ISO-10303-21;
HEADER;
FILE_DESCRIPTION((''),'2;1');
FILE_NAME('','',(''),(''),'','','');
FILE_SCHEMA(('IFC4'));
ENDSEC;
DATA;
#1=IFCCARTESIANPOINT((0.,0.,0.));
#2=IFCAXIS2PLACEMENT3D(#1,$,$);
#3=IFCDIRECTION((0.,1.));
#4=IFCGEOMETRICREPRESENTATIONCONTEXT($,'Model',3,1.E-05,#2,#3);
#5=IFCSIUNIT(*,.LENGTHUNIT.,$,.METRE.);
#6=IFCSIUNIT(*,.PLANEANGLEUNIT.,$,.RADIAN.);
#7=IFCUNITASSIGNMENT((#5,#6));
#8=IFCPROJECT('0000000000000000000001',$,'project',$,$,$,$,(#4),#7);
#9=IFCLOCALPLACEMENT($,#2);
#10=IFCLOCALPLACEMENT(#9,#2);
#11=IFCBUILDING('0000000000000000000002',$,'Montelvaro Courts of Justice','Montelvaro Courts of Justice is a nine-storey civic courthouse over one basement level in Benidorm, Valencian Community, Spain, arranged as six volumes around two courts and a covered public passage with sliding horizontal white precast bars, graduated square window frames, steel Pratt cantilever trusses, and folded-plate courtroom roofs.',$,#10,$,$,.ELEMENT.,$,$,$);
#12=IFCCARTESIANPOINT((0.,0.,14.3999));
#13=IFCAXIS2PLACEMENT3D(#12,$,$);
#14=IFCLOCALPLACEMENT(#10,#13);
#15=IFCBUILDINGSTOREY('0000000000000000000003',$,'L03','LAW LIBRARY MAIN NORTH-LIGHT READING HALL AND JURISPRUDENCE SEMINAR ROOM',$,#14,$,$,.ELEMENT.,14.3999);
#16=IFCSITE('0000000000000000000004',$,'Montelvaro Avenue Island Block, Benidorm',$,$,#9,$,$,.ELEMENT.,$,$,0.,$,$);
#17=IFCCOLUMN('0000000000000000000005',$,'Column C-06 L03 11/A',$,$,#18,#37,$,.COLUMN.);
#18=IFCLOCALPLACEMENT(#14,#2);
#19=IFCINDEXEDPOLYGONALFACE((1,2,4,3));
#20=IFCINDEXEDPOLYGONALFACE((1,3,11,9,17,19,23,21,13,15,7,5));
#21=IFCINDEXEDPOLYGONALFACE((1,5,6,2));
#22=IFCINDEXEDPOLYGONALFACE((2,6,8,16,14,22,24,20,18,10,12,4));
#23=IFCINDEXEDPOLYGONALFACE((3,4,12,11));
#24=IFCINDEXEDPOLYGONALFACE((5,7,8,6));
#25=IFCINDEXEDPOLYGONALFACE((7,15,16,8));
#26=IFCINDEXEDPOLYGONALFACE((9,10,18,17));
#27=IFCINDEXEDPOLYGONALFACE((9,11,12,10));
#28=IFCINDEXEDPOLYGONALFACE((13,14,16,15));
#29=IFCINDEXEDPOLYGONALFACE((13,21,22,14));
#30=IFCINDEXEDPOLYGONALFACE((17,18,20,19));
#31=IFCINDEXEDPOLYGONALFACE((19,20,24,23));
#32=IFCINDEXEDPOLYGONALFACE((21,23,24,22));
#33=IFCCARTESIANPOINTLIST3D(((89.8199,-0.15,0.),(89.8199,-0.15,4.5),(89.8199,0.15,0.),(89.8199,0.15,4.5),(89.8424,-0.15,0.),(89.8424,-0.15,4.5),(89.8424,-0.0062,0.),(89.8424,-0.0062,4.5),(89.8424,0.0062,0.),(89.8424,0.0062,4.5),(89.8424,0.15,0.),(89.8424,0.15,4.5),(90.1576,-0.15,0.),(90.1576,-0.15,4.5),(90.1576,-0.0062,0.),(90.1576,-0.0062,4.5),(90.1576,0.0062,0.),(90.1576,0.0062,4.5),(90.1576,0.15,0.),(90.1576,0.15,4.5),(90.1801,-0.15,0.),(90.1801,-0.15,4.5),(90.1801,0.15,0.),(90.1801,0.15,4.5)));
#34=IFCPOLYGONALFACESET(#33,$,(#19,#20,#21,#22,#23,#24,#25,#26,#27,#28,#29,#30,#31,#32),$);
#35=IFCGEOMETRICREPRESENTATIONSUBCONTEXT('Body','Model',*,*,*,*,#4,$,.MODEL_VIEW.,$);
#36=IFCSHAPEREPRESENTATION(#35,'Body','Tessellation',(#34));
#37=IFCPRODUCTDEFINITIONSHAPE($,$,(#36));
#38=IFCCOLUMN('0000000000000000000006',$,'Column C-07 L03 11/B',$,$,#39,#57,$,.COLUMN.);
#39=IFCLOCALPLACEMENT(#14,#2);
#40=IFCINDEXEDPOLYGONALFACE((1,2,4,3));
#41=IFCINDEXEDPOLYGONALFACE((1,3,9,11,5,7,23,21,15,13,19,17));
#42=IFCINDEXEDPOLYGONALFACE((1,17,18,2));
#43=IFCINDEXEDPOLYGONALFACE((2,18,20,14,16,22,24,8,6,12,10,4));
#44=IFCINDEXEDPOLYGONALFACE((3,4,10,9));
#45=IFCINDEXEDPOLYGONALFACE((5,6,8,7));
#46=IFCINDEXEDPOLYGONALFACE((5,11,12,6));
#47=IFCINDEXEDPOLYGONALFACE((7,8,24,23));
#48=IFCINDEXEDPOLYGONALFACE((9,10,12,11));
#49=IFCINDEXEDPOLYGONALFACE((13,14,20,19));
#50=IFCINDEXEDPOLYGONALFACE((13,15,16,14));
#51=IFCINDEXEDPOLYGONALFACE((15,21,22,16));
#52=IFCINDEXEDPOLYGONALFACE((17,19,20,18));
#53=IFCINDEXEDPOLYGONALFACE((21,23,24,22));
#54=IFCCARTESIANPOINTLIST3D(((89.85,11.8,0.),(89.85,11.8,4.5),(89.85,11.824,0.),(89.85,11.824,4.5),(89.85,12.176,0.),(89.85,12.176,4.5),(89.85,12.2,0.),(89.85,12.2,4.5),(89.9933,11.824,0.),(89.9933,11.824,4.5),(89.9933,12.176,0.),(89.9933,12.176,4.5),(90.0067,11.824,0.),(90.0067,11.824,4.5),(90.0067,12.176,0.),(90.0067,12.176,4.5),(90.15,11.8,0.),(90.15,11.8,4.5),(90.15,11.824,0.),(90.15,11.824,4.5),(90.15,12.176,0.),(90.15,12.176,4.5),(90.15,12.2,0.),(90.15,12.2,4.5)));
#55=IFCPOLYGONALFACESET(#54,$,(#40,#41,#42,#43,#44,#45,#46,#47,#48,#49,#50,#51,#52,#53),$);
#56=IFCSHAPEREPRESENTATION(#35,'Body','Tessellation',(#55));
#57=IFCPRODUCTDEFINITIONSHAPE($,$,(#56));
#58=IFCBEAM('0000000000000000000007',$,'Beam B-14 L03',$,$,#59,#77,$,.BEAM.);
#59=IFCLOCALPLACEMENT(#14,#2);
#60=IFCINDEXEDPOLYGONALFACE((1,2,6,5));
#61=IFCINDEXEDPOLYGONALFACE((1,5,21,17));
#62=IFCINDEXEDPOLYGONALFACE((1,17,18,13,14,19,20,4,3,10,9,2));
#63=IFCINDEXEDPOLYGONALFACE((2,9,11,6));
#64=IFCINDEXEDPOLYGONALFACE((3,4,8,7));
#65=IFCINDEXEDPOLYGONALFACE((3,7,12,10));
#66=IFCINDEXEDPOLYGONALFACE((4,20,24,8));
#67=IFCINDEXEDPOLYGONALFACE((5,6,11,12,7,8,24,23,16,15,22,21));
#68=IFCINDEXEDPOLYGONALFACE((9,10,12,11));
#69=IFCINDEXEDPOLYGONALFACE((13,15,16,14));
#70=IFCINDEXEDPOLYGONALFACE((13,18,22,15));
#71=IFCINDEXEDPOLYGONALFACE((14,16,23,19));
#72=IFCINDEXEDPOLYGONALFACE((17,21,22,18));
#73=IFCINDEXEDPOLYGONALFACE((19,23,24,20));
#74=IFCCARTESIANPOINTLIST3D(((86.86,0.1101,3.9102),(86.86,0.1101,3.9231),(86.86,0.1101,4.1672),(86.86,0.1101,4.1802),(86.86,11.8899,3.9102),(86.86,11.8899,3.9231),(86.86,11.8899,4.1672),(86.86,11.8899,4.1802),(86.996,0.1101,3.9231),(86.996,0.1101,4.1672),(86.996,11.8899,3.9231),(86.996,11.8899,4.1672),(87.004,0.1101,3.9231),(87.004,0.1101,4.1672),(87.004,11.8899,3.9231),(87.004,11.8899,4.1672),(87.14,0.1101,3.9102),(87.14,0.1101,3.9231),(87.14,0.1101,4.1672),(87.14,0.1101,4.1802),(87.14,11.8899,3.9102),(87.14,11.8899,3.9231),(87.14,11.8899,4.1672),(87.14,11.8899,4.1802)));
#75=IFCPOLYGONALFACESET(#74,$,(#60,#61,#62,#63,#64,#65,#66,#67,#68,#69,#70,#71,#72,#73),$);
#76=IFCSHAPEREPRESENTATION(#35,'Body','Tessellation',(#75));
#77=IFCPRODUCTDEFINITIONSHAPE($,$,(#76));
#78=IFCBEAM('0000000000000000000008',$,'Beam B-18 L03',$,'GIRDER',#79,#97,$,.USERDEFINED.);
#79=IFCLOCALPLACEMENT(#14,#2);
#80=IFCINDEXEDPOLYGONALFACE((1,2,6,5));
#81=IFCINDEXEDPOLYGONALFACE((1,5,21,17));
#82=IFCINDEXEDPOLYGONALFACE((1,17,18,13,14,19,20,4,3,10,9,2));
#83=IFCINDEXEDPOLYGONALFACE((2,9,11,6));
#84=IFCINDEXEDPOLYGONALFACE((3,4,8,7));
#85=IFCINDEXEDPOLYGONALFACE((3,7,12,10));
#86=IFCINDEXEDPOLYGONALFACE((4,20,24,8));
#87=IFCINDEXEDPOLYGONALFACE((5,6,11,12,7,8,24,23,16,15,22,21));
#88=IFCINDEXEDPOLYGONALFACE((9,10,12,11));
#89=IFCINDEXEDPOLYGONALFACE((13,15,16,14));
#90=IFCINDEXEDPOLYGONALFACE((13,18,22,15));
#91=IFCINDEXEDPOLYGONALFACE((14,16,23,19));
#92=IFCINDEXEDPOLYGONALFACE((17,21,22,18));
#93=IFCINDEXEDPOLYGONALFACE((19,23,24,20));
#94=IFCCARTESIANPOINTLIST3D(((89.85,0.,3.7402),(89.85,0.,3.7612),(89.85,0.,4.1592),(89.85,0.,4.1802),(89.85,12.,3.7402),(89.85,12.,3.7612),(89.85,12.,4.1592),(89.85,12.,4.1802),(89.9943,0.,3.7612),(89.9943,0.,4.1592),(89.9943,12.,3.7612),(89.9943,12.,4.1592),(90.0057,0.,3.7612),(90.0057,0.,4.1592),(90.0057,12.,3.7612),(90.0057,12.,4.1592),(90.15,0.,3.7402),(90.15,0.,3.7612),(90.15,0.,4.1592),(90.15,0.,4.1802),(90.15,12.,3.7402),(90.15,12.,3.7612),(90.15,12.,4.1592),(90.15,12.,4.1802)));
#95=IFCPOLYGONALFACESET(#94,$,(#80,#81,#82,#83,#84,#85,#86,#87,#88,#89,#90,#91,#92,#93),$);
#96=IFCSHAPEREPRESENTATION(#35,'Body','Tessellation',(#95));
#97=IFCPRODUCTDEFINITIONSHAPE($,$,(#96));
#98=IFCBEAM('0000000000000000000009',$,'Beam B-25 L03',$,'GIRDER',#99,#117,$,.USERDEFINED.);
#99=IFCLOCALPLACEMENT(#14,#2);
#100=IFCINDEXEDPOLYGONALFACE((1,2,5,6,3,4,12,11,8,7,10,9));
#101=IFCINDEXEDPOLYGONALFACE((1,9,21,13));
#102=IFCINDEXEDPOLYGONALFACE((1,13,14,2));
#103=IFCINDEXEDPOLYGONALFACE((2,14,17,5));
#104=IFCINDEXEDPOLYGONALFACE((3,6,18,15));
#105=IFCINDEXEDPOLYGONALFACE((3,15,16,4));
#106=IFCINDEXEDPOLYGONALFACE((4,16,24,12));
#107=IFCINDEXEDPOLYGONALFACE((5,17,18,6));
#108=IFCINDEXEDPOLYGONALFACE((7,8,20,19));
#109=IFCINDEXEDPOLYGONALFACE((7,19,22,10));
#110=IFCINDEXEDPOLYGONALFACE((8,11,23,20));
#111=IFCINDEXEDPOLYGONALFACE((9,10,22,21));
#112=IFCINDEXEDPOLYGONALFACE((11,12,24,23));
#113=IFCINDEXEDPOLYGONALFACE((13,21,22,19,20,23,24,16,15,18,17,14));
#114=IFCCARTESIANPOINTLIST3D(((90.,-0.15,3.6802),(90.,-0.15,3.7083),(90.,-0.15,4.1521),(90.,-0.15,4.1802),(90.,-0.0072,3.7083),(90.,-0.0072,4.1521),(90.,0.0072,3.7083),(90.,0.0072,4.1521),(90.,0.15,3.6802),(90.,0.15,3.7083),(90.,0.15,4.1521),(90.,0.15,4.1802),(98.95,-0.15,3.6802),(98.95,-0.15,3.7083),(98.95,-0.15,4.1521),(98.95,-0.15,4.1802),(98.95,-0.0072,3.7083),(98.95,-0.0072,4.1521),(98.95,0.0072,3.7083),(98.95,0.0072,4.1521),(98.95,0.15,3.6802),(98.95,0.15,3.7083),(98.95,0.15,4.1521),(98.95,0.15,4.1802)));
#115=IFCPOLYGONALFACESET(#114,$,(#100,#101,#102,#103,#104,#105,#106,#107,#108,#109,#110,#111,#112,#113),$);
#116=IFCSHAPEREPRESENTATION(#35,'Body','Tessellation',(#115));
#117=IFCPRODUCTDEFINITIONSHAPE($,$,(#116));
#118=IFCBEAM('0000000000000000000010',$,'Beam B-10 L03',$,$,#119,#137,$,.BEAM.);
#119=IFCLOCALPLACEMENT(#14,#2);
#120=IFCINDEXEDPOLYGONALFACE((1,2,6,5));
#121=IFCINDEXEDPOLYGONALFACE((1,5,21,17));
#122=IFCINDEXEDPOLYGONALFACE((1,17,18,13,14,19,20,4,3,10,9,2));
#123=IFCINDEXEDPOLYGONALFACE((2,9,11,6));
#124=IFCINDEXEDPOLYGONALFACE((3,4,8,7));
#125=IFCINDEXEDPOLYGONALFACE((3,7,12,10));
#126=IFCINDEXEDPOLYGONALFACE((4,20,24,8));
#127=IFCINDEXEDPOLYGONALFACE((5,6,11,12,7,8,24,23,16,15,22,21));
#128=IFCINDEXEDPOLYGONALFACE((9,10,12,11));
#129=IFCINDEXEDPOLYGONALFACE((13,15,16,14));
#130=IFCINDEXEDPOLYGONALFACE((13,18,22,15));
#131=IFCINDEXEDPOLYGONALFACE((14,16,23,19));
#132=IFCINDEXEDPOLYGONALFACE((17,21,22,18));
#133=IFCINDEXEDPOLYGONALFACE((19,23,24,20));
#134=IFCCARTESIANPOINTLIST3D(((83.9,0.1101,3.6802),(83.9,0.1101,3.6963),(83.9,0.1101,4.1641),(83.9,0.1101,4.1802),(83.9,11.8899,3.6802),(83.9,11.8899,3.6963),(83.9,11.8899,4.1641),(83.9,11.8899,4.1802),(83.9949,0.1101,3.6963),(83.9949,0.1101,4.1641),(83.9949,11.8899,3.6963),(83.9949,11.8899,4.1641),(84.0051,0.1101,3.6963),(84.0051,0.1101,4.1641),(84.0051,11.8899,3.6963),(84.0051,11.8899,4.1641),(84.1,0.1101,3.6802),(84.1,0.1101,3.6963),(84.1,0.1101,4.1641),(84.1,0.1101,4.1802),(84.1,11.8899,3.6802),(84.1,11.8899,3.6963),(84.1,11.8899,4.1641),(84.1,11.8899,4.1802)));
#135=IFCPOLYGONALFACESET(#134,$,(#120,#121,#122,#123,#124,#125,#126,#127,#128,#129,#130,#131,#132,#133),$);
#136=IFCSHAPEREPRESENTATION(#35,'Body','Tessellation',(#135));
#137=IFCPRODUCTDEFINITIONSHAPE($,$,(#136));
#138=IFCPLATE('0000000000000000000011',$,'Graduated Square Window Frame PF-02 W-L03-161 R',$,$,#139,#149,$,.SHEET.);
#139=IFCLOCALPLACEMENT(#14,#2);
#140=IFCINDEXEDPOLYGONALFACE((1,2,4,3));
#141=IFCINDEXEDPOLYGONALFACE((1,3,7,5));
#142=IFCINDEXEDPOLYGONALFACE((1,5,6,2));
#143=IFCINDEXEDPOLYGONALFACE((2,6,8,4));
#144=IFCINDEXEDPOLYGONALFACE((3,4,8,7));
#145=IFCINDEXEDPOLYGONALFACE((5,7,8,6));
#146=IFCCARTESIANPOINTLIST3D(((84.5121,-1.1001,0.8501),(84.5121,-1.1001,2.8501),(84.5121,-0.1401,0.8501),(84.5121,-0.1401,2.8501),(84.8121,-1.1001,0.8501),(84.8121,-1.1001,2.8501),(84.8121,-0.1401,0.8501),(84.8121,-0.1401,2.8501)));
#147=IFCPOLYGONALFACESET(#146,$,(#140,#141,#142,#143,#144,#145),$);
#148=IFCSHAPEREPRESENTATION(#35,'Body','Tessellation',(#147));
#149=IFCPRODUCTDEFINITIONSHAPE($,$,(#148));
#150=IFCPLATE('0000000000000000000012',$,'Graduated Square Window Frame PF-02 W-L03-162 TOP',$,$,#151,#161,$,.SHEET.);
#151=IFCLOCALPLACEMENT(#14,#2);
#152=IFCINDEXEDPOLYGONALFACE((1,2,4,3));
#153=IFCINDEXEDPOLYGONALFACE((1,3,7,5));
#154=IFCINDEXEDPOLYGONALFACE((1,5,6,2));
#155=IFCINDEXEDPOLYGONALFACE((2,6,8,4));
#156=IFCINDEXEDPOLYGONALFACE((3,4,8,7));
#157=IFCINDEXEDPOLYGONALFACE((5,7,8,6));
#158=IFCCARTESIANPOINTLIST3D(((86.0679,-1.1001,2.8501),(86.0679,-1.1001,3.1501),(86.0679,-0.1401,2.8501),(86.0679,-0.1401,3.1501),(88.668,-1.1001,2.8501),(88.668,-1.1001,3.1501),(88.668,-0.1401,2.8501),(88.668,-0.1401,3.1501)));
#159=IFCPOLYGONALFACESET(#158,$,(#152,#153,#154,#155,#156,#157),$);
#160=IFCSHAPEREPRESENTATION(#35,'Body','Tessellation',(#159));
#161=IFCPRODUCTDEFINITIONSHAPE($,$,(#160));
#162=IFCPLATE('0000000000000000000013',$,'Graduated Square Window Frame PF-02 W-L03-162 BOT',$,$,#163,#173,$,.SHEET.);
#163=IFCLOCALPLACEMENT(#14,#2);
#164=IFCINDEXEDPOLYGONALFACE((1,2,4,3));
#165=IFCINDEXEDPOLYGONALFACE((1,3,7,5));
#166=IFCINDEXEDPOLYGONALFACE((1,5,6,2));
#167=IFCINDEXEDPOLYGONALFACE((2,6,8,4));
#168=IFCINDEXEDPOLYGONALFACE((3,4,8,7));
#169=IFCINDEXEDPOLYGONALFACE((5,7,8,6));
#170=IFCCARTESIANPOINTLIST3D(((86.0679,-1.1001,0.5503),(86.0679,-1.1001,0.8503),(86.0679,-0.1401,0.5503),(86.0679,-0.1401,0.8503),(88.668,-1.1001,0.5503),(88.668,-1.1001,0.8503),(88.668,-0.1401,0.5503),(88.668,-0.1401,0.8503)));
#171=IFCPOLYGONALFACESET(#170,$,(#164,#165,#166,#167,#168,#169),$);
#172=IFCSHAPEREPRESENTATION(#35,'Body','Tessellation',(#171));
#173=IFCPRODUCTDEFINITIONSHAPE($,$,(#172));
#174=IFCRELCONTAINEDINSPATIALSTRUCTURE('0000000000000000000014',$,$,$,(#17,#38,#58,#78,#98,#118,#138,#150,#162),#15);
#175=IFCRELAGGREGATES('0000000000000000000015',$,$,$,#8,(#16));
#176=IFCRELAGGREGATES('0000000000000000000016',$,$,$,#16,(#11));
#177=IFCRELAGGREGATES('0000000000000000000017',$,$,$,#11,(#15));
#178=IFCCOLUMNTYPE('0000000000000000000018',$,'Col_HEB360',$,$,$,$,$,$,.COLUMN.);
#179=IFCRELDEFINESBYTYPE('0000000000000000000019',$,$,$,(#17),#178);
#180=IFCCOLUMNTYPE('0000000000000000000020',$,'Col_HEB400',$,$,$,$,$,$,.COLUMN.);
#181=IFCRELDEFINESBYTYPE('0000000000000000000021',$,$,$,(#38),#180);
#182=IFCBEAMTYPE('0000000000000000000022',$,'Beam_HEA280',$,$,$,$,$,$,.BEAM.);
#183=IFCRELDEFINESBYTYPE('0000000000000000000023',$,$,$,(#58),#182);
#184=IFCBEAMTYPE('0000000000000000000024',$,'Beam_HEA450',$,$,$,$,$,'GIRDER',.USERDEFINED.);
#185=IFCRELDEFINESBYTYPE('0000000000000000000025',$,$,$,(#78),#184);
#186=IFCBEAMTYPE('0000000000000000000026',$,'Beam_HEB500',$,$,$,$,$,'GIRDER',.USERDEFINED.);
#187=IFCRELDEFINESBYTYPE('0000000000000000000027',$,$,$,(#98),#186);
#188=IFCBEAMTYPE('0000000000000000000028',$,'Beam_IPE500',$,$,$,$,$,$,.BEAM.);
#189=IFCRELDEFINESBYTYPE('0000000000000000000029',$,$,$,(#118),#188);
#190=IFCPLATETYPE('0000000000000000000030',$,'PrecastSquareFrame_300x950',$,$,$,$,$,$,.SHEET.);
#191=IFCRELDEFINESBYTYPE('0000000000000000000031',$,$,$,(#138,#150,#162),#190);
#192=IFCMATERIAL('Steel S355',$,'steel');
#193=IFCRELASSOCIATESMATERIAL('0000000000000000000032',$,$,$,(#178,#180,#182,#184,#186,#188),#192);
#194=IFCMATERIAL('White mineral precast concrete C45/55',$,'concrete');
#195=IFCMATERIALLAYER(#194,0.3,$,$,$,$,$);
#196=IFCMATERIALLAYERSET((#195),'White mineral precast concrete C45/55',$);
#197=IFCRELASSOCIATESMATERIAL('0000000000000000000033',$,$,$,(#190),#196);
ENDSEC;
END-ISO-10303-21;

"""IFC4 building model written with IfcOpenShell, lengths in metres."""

from ifc_helpers import new_model, si_unit, direction, frame, origin, origin_2d, place, context, subcontext, project, spatial, rectangle, i_section, extrude, material, layer, layer_set, material_profile, profile_set, type_object, element, save


model = new_model("IFC4")

# Units and contexts
model_context = context("Model", 3, precision=1e-05, world=origin(), true_north=direction((0.0, 1.0)))
body_context = subcontext(model_context, "Body", "Model", "MODEL_VIEW")
ifc_project = project(units=[si_unit("LENGTHUNIT", "METRE"), si_unit("PLANEANGLEUNIT", "RADIAN")], contexts=[model_context])

# Site, building, storey
site_placement = place(None, origin())
site = spatial("IfcSite", under=ifc_project, at=site_placement, Name="Montelvaro Avenue Island Block, Benidorm", CompositionType="ELEMENT", RefElevation=0.0)
building_placement = place(site_placement, origin())
building = spatial("IfcBuilding", under=site, at=building_placement, Name="Montelvaro Courts of Justice", Description="Montelvaro Courts of Justice is a nine-storey civic courthouse over one basement level in Benidorm, Valencian Community, Spain, arranged as six volumes around two courts and a covered public passage with sliding horizontal white precast bars, graduated square window frames, steel Pratt cantilever trusses, and folded-plate courtroom roofs.", CompositionType="ELEMENT")
storey_placement = place(building_placement, frame((0.0, 0.0, 14.3999)))
storey = spatial("IfcBuildingStorey", under=building, at=storey_placement, Name="L03", Description="LAW LIBRARY MAIN NORTH-LIGHT READING HALL AND JURISPRUDENCE SEMINAR ROOM", CompositionType="ELEMENT", Elevation=14.3999)

# Columns
ifc_material_1 = material(Name="Steel S355", Category="steel")
ifc_material_profile_1 = material_profile(ifc_material_1, i_section(OverallWidth=0.3, OverallDepth=0.3601, WebThickness=0.0125, FlangeThickness=0.0225, at=origin_2d()), Name="HEB 360")
ifc_profile_set_1 = profile_set([ifc_material_profile_1], Name="Steel S355")
column_type_1 = type_object("IfcColumnType", Name="Col_HEB360", PredefinedType="COLUMN", material=ifc_profile_set_1)
column_1_placement = place(storey_placement, frame((90.0, 0.0, 0.0), z_axis=(0.0, 0.0, 1.0), x_axis=(0.0, 1.0, 0.0)))
element("IfcColumn", 1, at=column_1_placement, inside=storey, type_object=column_type_1, Name="Column C-06 L03 11/A", PredefinedType="COLUMN", context=body_context, shape_type="SweptSolid", body=[
    extrude(i_section(OverallWidth=0.3, OverallDepth=0.3601, WebThickness=0.0125, FlangeThickness=0.0225, at=origin_2d()), origin(), (0.0, 0.0, 1.0), 4.5),
])
ifc_material_profile_2 = material_profile(ifc_material_1, i_section(OverallWidth=0.3, OverallDepth=0.3999, WebThickness=0.0134, FlangeThickness=0.0239, at=origin_2d()), Name="HEB 400")
ifc_profile_set_2 = profile_set([ifc_material_profile_2], Name="Steel S355")
column_type_2 = type_object("IfcColumnType", Name="Col_HEB400", PredefinedType="COLUMN", material=ifc_profile_set_2)
column_2_placement = place(storey_placement, frame((90.0, 12.0, 0.0), z_axis=(0.0, 0.0, 1.0), x_axis=(1.0, 0.0, 0.0)))
element("IfcColumn", 2, at=column_2_placement, inside=storey, type_object=column_type_2, Name="Column C-07 L03 11/B", PredefinedType="COLUMN", context=body_context, shape_type="SweptSolid", body=[
    extrude(i_section(OverallWidth=0.3, OverallDepth=0.3999, WebThickness=0.0134, FlangeThickness=0.0239, at=origin_2d()), origin(), (0.0, 0.0, 1.0), 4.5),
])

# Beams
ifc_material_profile_3 = material_profile(ifc_material_1, i_section(OverallWidth=0.28, OverallDepth=0.27, WebThickness=0.0081, FlangeThickness=0.0129, at=origin_2d()), Name="HEA 280")
ifc_profile_set_3 = profile_set([ifc_material_profile_3], Name="Steel S355")
beam_type_1 = type_object("IfcBeamType", Name="Beam_HEA280", PredefinedType="BEAM", material=ifc_profile_set_3)
beam_1_placement = place(storey_placement, frame((87.0, 0.1101, 4.0452), z_axis=(0.0, 1.0, 0.0), x_axis=(-1.0, 0.0, 0.0)))
element("IfcBeam", 3, at=beam_1_placement, inside=storey, type_object=beam_type_1, Name="Beam B-14 L03", PredefinedType="BEAM", context=body_context, shape_type="SweptSolid", body=[
    extrude(i_section(OverallWidth=0.28, OverallDepth=0.27, WebThickness=0.0081, FlangeThickness=0.0129, at=origin_2d()), origin(), (0.0, 0.0, 1.0), 11.7798),
])
ifc_material_profile_4 = material_profile(ifc_material_1, i_section(OverallWidth=0.3, OverallDepth=0.4399, WebThickness=0.0115, FlangeThickness=0.021, at=origin_2d()), Name="HEA 450")
ifc_profile_set_4 = profile_set([ifc_material_profile_4], Name="Steel S355")
beam_type_2 = type_object("IfcBeamType", Name="Beam_HEA450", ElementType="GIRDER", PredefinedType="USERDEFINED", material=ifc_profile_set_4)
beam_2_placement = place(storey_placement, frame((90.0, 0.0, 3.9602), z_axis=(0.0, 1.0, 0.0), x_axis=(-1.0, 0.0, 0.0)))
element("IfcBeam", 4, at=beam_2_placement, inside=storey, type_object=beam_type_2, Name="Beam B-18 L03", ObjectType="GIRDER", PredefinedType="USERDEFINED", context=body_context, shape_type="SweptSolid", body=[
    extrude(i_section(OverallWidth=0.3, OverallDepth=0.4399, WebThickness=0.0115, FlangeThickness=0.021, at=origin_2d()), origin(), (0.0, 0.0, 1.0), 12.0),
])
ifc_material_profile_5 = material_profile(ifc_material_1, i_section(OverallWidth=0.3, OverallDepth=0.5, WebThickness=0.0144, FlangeThickness=0.0281, at=origin_2d()), Name="HEB 500")
ifc_profile_set_5 = profile_set([ifc_material_profile_5], Name="Steel S355")
beam_type_3 = type_object("IfcBeamType", Name="Beam_HEB500", ElementType="GIRDER", PredefinedType="USERDEFINED", material=ifc_profile_set_5)
beam_3_placement = place(storey_placement, frame((90.0, 0.0, 3.9302), z_axis=(1.0, 0.0, 0.0), x_axis=(0.0, 1.0, 0.0)))
element("IfcBeam", 5, at=beam_3_placement, inside=storey, type_object=beam_type_3, Name="Beam B-25 L03", ObjectType="GIRDER", PredefinedType="USERDEFINED", context=body_context, shape_type="SweptSolid", body=[
    extrude(i_section(OverallWidth=0.3, OverallDepth=0.5, WebThickness=0.0144, FlangeThickness=0.0281, at=origin_2d()), origin(), (0.0, 0.0, 1.0), 8.95),
])
ifc_material_profile_6 = material_profile(ifc_material_1, i_section(OverallWidth=0.2, OverallDepth=0.5, WebThickness=0.0103, FlangeThickness=0.0161, at=origin_2d()), Name="IPE 500")
ifc_profile_set_6 = profile_set([ifc_material_profile_6], Name="Steel S355")
beam_type_4 = type_object("IfcBeamType", Name="Beam_IPE500", PredefinedType="BEAM", material=ifc_profile_set_6)
beam_4_placement = place(storey_placement, frame((84.0, 0.1101, 3.9302), z_axis=(0.0, 1.0, 0.0), x_axis=(-1.0, 0.0, 0.0)))
element("IfcBeam", 6, at=beam_4_placement, inside=storey, type_object=beam_type_4, Name="Beam B-10 L03", PredefinedType="BEAM", context=body_context, shape_type="SweptSolid", body=[
    extrude(i_section(OverallWidth=0.2, OverallDepth=0.5, WebThickness=0.0103, FlangeThickness=0.0161, at=origin_2d()), origin(), (0.0, 0.0, 1.0), 11.7798),
])

# Plates
ifc_material_2 = material(Name="White mineral precast concrete C45/55", Category="concrete")
ifc_layer_1 = layer(ifc_material_2, 0.3)
ifc_layer_set_1 = layer_set([ifc_layer_1], Name="White mineral precast concrete C45/55")
plate_type = type_object("IfcPlateType", Name="PrecastSquareFrame_300x950", PredefinedType="SHEET", material=ifc_layer_set_1)
plate_placement = place(storey_placement, frame((84.6621, -0.6201, 0.8501), z_axis=(0.0, 0.0, 1.0), x_axis=(1.0, 0.0, 0.0)))
element("IfcPlate", 7, at=plate_placement, inside=storey, type_object=plate_type, Name="Graduated Square Window Frame PF-02 W-L03-161 R", PredefinedType="SHEET", context=body_context, shape_type="SweptSolid", body=[
    extrude(rectangle(XDim=0.3, YDim=0.96, at=origin_2d()), origin(), (0.0, 0.0, 1.0), 2.0),
])
for number, where, z_axis, x_axis, name in (
    (8, (87.3679, -0.6201, 2.8501), (0.0, 0.0, 1.0), (1.0, 0.0, 0.0), "Graduated Square Window Frame PF-02 W-L03-162 TOP"),
    (9, (87.3679, -0.6201, 0.5503), (0.0, 0.0, 1.0), (1.0, 0.0, 0.0), "Graduated Square Window Frame PF-02 W-L03-162 BOT"),
):
    element("IfcPlate", number, at=place(storey_placement, frame(where, z_axis=z_axis, x_axis=x_axis)), inside=storey, type_object=plate_type, Name=name, PredefinedType="SHEET", context=body_context, shape_type="SweptSolid", body=[
        extrude(rectangle(XDim=2.6001, YDim=0.96, at=origin_2d()), origin(), (0.0, 0.0, 1.0), 0.3),
    ])

save(model, "model.ifc")
